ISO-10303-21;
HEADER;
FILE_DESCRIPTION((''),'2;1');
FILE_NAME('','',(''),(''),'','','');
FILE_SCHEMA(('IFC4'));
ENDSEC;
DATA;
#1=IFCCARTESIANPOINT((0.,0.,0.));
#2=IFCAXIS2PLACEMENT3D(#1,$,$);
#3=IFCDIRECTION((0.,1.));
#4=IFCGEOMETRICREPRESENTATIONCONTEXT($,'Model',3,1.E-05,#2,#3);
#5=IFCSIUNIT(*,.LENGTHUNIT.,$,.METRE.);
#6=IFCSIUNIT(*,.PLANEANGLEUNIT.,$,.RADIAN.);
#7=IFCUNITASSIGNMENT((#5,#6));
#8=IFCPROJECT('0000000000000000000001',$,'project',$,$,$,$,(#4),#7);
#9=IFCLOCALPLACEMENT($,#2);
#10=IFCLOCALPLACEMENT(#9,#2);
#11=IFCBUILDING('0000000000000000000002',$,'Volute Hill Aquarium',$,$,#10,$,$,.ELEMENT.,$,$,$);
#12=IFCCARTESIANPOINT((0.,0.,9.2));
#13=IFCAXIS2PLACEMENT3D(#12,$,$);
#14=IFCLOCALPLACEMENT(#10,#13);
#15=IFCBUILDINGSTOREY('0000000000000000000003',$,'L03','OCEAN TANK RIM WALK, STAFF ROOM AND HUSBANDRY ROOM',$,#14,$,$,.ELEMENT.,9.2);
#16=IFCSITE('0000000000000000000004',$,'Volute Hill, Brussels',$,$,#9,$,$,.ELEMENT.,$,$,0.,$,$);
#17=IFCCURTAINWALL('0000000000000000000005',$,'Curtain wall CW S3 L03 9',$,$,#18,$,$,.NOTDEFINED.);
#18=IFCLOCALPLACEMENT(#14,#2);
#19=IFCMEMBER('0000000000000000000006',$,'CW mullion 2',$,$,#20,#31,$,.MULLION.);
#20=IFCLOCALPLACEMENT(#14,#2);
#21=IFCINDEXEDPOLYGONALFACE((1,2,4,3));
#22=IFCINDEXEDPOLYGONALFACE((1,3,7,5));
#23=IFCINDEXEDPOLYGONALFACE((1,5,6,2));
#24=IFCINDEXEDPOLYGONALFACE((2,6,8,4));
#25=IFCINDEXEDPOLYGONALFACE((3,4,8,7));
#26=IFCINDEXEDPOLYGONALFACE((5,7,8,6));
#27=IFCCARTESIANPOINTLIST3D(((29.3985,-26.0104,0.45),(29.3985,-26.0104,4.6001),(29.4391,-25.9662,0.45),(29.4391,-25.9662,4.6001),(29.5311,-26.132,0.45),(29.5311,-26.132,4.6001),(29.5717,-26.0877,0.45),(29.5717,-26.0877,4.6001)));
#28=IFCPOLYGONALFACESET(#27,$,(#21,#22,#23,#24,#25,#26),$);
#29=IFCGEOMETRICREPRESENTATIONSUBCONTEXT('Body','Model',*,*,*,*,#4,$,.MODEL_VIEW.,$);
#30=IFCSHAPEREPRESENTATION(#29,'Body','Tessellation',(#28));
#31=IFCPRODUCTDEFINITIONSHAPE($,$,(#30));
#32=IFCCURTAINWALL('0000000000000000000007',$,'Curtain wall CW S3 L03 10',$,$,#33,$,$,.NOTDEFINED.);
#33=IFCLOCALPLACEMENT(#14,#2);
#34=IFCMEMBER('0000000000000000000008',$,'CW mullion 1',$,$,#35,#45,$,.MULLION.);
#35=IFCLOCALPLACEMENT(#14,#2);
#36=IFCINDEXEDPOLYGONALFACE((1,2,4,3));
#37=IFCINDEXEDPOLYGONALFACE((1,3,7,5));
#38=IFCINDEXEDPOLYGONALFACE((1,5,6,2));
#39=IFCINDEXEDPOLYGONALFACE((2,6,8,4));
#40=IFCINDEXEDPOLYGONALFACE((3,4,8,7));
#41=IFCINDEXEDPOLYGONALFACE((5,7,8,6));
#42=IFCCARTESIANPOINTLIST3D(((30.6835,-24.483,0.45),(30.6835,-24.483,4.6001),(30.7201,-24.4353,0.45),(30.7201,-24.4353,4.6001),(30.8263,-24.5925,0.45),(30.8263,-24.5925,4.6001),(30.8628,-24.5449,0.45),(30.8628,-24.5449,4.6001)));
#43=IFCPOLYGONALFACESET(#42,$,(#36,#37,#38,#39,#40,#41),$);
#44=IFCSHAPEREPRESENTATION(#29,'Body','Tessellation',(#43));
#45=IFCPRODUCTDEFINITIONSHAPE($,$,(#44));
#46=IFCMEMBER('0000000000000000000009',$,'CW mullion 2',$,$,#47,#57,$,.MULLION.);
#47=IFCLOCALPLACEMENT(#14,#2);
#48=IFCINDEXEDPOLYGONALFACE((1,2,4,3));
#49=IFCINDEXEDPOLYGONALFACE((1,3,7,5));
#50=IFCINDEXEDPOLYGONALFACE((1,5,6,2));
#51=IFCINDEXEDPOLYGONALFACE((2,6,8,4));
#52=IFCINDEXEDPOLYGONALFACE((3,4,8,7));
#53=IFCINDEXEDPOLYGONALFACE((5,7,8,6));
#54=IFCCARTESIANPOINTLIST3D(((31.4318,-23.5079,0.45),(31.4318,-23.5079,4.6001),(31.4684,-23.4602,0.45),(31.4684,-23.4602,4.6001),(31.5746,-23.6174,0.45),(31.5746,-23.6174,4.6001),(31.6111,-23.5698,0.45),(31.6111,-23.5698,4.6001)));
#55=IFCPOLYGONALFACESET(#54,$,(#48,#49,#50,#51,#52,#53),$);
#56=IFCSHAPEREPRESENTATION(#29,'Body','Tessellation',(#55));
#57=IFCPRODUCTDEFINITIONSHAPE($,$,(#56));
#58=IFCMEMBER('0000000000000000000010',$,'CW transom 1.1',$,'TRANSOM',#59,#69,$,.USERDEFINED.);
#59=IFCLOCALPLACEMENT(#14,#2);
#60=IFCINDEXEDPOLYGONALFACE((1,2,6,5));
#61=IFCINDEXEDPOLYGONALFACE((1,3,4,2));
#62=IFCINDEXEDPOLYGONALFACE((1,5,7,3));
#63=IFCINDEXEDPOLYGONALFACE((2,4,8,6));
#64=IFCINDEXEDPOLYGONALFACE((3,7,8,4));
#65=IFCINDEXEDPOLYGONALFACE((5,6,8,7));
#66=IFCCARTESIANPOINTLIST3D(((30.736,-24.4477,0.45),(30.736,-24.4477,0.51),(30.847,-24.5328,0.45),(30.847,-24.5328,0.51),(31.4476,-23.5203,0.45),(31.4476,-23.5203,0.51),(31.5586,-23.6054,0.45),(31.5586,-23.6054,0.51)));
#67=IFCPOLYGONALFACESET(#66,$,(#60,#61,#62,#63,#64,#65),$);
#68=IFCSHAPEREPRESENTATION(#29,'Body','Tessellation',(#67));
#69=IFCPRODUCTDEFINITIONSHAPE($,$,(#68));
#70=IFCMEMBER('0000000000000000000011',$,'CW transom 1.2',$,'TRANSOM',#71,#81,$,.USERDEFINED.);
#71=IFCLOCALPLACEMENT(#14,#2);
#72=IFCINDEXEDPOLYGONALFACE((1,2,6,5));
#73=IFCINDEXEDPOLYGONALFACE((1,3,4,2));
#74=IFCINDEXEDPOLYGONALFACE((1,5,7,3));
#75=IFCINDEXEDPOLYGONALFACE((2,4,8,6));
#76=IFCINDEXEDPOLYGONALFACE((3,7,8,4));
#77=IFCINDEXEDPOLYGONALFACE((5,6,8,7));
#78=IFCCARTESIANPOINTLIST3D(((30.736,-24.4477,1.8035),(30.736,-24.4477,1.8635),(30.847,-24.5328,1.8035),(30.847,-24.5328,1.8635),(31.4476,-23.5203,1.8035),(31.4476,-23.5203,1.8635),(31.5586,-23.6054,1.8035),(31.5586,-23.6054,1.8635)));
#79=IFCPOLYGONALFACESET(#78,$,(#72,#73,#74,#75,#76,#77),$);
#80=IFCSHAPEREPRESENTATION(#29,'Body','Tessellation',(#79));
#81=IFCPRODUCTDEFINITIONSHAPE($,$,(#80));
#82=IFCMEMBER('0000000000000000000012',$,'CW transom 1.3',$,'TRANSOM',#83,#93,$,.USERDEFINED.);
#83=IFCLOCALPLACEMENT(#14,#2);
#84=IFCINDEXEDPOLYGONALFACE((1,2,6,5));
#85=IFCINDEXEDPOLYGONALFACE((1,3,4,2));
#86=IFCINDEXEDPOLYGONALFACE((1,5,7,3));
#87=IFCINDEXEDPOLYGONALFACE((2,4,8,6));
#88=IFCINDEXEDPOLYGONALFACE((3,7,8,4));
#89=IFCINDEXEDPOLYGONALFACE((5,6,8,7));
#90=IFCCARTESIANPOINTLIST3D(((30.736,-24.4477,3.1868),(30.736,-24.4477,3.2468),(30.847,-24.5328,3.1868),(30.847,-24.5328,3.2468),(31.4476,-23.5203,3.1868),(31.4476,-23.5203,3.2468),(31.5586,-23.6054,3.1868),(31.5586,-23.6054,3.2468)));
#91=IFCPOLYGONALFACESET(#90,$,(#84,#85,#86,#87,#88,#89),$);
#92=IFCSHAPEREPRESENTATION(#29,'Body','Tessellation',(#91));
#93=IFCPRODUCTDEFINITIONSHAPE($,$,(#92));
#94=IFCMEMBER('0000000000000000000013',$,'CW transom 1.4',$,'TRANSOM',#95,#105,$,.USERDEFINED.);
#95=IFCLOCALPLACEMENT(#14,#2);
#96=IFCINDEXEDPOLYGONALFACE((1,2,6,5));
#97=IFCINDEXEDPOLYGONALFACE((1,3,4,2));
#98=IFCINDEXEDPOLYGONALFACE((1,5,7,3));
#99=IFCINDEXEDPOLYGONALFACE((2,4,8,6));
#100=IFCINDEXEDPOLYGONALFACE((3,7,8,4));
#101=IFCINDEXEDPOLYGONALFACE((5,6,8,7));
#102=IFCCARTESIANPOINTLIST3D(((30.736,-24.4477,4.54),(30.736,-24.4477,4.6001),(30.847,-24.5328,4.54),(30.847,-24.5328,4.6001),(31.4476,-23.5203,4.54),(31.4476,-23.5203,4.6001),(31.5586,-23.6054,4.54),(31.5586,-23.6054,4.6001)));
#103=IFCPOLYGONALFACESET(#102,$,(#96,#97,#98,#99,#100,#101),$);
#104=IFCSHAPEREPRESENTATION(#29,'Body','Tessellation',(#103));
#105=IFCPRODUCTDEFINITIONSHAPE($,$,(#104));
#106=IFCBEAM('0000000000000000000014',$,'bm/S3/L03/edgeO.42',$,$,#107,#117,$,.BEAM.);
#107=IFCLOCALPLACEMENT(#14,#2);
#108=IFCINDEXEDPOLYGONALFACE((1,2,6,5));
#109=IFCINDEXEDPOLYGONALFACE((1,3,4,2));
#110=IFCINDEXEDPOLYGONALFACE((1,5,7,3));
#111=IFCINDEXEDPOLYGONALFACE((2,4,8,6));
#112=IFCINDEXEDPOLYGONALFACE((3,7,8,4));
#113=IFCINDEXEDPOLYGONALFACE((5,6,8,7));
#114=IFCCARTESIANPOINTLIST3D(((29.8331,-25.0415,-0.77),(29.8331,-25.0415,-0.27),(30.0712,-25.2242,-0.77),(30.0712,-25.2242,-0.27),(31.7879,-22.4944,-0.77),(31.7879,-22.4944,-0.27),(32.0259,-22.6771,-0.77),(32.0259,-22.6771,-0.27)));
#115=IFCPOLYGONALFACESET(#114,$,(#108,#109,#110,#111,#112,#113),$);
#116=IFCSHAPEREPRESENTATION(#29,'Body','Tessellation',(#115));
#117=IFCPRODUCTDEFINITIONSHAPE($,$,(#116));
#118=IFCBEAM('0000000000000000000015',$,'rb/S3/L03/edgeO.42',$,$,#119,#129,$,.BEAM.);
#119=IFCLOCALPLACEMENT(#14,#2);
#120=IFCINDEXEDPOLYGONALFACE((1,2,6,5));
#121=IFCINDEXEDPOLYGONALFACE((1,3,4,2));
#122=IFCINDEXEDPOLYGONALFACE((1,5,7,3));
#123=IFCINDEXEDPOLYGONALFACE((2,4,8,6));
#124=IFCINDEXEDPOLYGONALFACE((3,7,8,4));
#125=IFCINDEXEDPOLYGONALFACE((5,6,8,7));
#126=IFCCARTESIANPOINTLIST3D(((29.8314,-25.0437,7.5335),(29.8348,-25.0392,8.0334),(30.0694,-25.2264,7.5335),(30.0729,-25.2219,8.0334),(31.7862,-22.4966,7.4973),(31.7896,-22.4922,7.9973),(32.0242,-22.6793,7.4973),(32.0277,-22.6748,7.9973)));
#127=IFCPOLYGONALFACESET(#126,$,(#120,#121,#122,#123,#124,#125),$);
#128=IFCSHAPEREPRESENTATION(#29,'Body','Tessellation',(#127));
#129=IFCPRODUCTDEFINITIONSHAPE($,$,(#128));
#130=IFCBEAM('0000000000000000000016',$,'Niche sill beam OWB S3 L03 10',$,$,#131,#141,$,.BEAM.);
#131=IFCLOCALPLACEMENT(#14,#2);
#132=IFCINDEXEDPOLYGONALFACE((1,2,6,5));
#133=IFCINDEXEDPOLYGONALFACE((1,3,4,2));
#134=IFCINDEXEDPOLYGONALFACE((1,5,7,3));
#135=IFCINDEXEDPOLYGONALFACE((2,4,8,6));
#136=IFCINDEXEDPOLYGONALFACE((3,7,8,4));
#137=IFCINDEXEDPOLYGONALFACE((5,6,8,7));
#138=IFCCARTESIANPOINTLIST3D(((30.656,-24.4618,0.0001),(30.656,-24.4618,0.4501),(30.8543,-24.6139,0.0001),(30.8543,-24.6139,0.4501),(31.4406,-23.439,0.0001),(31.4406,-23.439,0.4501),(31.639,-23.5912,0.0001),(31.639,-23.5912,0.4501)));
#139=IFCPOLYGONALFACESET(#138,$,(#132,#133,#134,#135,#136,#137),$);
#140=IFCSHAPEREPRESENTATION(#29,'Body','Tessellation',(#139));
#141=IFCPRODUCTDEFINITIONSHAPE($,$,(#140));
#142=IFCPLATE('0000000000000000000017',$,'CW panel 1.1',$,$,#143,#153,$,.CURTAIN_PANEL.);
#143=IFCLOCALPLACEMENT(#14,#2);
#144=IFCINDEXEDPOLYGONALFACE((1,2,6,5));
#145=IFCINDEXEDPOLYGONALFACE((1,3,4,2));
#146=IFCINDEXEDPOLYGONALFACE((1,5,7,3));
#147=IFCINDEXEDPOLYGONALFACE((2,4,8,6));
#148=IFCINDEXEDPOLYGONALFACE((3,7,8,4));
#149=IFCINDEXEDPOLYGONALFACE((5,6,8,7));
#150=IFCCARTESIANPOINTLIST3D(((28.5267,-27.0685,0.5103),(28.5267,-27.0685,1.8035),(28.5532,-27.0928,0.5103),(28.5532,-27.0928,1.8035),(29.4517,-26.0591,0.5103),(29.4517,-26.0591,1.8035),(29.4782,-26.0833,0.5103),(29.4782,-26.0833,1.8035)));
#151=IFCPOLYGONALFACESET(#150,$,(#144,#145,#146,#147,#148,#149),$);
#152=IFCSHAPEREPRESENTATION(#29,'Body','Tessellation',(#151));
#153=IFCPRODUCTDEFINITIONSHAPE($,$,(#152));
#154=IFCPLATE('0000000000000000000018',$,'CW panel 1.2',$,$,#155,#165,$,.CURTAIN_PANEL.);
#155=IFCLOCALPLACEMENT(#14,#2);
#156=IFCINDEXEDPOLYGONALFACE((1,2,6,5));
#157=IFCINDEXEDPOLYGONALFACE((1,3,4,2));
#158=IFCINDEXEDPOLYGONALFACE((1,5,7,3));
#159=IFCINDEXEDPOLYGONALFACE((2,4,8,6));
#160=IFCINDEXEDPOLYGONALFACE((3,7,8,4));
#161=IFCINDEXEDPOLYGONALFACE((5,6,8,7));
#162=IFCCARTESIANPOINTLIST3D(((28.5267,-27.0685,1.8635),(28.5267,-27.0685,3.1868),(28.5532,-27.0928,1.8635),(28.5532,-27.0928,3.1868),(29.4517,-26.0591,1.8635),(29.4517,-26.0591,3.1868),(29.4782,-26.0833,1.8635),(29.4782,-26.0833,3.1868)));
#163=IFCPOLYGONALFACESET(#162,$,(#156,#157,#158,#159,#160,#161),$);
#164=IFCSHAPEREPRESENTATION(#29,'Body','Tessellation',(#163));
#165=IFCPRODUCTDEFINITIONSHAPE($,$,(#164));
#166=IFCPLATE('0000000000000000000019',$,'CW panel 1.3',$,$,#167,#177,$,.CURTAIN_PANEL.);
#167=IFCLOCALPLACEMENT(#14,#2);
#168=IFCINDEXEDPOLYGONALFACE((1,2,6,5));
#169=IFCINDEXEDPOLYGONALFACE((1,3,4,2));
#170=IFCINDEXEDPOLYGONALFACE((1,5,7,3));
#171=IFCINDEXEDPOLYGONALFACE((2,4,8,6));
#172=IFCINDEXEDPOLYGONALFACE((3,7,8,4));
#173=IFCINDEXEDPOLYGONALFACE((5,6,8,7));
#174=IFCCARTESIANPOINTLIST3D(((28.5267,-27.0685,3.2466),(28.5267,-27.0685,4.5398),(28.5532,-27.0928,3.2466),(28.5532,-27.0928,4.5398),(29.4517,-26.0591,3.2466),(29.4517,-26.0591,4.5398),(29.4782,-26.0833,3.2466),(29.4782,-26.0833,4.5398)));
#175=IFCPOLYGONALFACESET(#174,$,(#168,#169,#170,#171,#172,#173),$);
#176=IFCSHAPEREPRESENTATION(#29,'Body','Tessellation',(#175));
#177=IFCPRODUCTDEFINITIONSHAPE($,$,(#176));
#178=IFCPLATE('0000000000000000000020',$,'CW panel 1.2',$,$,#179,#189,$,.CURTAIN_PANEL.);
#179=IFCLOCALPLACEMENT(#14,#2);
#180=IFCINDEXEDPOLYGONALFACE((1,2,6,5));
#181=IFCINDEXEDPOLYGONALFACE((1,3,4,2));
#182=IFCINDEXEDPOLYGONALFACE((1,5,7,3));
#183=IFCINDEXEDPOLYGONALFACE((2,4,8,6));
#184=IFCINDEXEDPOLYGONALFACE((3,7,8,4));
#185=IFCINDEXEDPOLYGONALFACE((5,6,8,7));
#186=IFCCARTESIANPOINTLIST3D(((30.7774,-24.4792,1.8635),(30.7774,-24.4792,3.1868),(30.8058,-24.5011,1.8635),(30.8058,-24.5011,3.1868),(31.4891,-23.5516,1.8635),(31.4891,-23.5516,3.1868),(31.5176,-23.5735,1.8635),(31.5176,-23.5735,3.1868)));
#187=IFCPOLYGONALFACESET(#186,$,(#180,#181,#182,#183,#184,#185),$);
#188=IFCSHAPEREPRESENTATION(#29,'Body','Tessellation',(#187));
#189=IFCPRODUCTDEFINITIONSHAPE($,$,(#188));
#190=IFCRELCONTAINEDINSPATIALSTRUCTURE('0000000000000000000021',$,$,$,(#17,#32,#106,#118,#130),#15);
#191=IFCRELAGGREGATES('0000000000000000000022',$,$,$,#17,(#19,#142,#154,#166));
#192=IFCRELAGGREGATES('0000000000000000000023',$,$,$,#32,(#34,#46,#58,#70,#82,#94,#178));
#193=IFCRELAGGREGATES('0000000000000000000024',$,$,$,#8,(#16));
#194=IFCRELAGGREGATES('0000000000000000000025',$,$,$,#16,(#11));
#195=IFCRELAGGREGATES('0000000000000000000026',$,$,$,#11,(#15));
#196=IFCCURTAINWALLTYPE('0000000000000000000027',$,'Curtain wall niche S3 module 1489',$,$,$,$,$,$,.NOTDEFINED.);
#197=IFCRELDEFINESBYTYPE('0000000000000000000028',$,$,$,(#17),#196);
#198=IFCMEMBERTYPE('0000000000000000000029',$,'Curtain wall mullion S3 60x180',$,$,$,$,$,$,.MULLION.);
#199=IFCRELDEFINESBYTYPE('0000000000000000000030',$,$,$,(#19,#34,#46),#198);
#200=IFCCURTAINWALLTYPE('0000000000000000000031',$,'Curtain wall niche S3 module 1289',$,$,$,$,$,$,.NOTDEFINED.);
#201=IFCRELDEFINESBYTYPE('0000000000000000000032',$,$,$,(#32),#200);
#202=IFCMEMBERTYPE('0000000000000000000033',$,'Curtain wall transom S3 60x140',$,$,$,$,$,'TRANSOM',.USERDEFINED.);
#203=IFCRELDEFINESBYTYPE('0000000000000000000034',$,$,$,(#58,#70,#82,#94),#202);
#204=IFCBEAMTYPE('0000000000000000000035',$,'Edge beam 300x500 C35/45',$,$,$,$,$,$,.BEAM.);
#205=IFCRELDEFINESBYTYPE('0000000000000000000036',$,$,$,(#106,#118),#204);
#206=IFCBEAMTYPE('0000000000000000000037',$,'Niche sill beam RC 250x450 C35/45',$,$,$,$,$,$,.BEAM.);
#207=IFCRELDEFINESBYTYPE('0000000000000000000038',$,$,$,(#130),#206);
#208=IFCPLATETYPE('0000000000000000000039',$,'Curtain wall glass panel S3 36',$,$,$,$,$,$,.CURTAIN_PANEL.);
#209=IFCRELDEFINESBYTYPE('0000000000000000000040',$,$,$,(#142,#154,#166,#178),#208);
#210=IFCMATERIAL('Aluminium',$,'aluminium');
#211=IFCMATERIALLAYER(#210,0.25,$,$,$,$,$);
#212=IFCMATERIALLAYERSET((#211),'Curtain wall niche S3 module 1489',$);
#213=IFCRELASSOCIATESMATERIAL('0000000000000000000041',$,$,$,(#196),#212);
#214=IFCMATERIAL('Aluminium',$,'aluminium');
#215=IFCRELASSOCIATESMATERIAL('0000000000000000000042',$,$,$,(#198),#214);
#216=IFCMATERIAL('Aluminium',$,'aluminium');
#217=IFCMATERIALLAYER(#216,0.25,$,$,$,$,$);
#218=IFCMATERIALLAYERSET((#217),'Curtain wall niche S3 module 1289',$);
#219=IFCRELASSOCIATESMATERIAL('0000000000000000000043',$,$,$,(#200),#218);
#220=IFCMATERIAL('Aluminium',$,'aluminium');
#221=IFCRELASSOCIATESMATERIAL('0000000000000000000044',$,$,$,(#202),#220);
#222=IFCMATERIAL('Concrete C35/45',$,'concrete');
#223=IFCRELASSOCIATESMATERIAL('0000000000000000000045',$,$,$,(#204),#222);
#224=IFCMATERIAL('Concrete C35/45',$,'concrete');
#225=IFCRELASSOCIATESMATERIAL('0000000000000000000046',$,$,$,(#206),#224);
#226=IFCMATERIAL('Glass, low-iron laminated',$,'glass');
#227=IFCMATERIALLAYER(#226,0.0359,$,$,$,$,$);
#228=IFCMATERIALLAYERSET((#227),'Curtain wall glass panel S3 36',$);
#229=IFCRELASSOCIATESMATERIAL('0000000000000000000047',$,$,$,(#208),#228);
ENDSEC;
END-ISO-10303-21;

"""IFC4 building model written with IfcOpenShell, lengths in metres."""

from ifc_helpers import new_model, si_unit, direction, frame, origin, origin_2d, place, context, subcontext, project, spatial, rectangle, extrude, material, layer, layer_set, material_profile, profile_set, type_object, element, aggregate, save


model = new_model("IFC4")

# Units and contexts
model_context = context("Model", 3, precision=1e-05, world=origin(), true_north=direction((0.0, 1.0)))
body_context = subcontext(model_context, "Body", "Model", "MODEL_VIEW")
ifc_project = project(units=[si_unit("LENGTHUNIT", "METRE"), si_unit("PLANEANGLEUNIT", "RADIAN")], contexts=[model_context])

# Site, building, storey
site_placement = place(None, origin())
site = spatial("IfcSite", under=ifc_project, at=site_placement, Name="Volute Hill, Brussels", CompositionType="ELEMENT", RefElevation=0.0)
building_placement = place(site_placement, origin())
building = spatial("IfcBuilding", under=site, at=building_placement, Name="Volute Hill Aquarium", CompositionType="ELEMENT")
storey_placement = place(building_placement, frame((0.0, 0.0, 9.2)))
storey = spatial("IfcBuildingStorey", under=building, at=storey_placement, Name="L03", Description="OCEAN TANK RIM WALK, STAFF ROOM AND HUSBANDRY ROOM", CompositionType="ELEMENT", Elevation=9.2)

# Curtain wall, member
ifc_material_1 = material(Name="Aluminium", Category="aluminium")
ifc_layer_1 = layer(ifc_material_1, 0.25)
ifc_layer_set_1 = layer_set([ifc_layer_1], Name="Curtain wall niche S3 module 1489")
curtain_wall_type_1 = type_object("IfcCurtainWallType", Name="Curtain wall niche S3 module 1489", PredefinedType="NOTDEFINED", material=ifc_layer_set_1)
curtain_wall_1_placement = place(storey_placement, origin())
curtain_wall_1 = element("IfcCurtainWall", 1, at=curtain_wall_1_placement, inside=storey, type_object=curtain_wall_type_1, Name="Curtain wall CW S3 L03 9", PredefinedType="NOTDEFINED")
ifc_material_2 = material(Name="Aluminium", Category="aluminium")
ifc_material_profile_1 = material_profile(ifc_material_2, rectangle(XDim=0.1799, YDim=0.0601, at=origin_2d()), Name="Curtain wall mullion S3 60x180")
ifc_profile_set_1 = profile_set([ifc_material_profile_1], Name="Aluminium")
member_type_1 = type_object("IfcMemberType", Name="Curtain wall mullion S3 60x180", PredefinedType="MULLION", material=ifc_profile_set_1)
member_1_placement = place(storey_placement, frame((29.4851, -26.0491, 0.45), z_axis=(0.0, 0.0, 1.0), x_axis=(-0.73726, 0.675609, 0.0)))
member_1 = element("IfcMember", 2, at=member_1_placement, type_object=member_type_1, Name="CW mullion 2", PredefinedType="MULLION", context=body_context, shape_type="SweptSolid", body=[
    extrude(rectangle(XDim=0.1799, YDim=0.0601, at=origin_2d()), origin(), (0.0, 0.0, 1.0), 4.1501),
])

# Curtain wall, members
ifc_material_3 = material(Name="Aluminium", Category="aluminium")
ifc_layer_2 = layer(ifc_material_3, 0.25)
ifc_layer_set_2 = layer_set([ifc_layer_2], Name="Curtain wall niche S3 module 1289")
curtain_wall_type_2 = type_object("IfcCurtainWallType", Name="Curtain wall niche S3 module 1289", PredefinedType="NOTDEFINED", material=ifc_layer_set_2)
curtain_wall_2_placement = place(storey_placement, origin())
curtain_wall_2 = element("IfcCurtainWall", 3, at=curtain_wall_2_placement, inside=storey, type_object=curtain_wall_type_2, Name="Curtain wall CW S3 L03 10", PredefinedType="NOTDEFINED")
member_2_placement = place(storey_placement, frame((30.7732, -24.5139, 0.45), z_axis=(0.0, 0.0, 1.0), x_axis=(-0.793366, 0.608745, 0.0)))
member_2 = element("IfcMember", 4, at=member_2_placement, type_object=member_type_1, Name="CW mullion 1", PredefinedType="MULLION", context=body_context, shape_type="SweptSolid", body=[
    extrude(rectangle(XDim=0.1799, YDim=0.0601, at=origin_2d()), origin(), (0.0, 0.0, 1.0), 4.1501),
])
member_3_placement = place(storey_placement, frame((31.5215, -23.5388, 0.45), z_axis=(0.0, 0.0, 1.0), x_axis=(-0.793366, 0.608745, 0.0)))
member_3 = element("IfcMember", 5, at=member_3_placement, type_object=member_type_1, Name="CW mullion 2", PredefinedType="MULLION", context=body_context, shape_type="SweptSolid", body=[
    extrude(rectangle(XDim=0.1799, YDim=0.0601, at=origin_2d()), origin(), (0.0, 0.0, 1.0), 4.1501),
])
ifc_material_4 = material(Name="Aluminium", Category="aluminium")
ifc_material_profile_2 = material_profile(ifc_material_4, rectangle(XDim=0.1399, YDim=0.0601, at=origin_2d()), Name="Curtain wall transom S3 60x140")
ifc_profile_set_2 = profile_set([ifc_material_profile_2], Name="Aluminium")
member_type_2 = type_object("IfcMemberType", Name="Curtain wall transom S3 60x140", ElementType="TRANSOM", PredefinedType="USERDEFINED", material=ifc_profile_set_2)
member_4_placement = place(storey_placement, frame((30.7915, -24.4902, 0.48), z_axis=(0.608752, 0.793361, 0.0), x_axis=(-0.793361, 0.608752, 0.0)))
member_4 = element("IfcMember", 6, at=member_4_placement, type_object=member_type_2, Name="CW transom 1.1", ObjectType="TRANSOM", PredefinedType="USERDEFINED", context=body_context, shape_type="SweptSolid", body=[
    extrude(rectangle(XDim=0.1399, YDim=0.0601, at=origin_2d()), origin(), (0.0, 0.0, 1.0), 1.1689),
])
member_5_placement = place(storey_placement, frame((30.7915, -24.4902, 1.8335), z_axis=(0.608752, 0.793361, 0.0), x_axis=(-0.793361, 0.608752, 0.0)))
member_5 = element("IfcMember", 7, at=member_5_placement, type_object=member_type_2, Name="CW transom 1.2", ObjectType="TRANSOM", PredefinedType="USERDEFINED", context=body_context, shape_type="SweptSolid", body=[
    extrude(rectangle(XDim=0.1399, YDim=0.0601, at=origin_2d()), origin(), (0.0, 0.0, 1.0), 1.1689),
])
member_6_placement = place(storey_placement, frame((30.7915, -24.4902, 3.2168), z_axis=(0.608752, 0.793361, 0.0), x_axis=(-0.793361, 0.608752, 0.0)))
member_6 = element("IfcMember", 8, at=member_6_placement, type_object=member_type_2, Name="CW transom 1.3", ObjectType="TRANSOM", PredefinedType="USERDEFINED", context=body_context, shape_type="SweptSolid", body=[
    extrude(rectangle(XDim=0.1399, YDim=0.0601, at=origin_2d()), origin(), (0.0, 0.0, 1.0), 1.1689),
])
member_7_placement = place(storey_placement, frame((30.7915, -24.4902, 4.5701), z_axis=(0.608752, 0.793361, 0.0), x_axis=(-0.793361, 0.608752, 0.0)))
member_7 = element("IfcMember", 9, at=member_7_placement, type_object=member_type_2, Name="CW transom 1.4", ObjectType="TRANSOM", PredefinedType="USERDEFINED", context=body_context, shape_type="SweptSolid", body=[
    extrude(rectangle(XDim=0.1399, YDim=0.0601, at=origin_2d()), origin(), (0.0, 0.0, 1.0), 1.1689),
])

# Beams
ifc_material_5 = material(Name="Concrete C35/45", Category="concrete")
ifc_material_profile_3 = material_profile(ifc_material_5, rectangle(XDim=0.3, YDim=0.5, at=origin_2d()), Name="RC edge beam 300x500")
ifc_profile_set_3 = profile_set([ifc_material_profile_3], Name="Concrete C35/45")
beam_type_1 = type_object("IfcBeamType", Name="Edge beam 300x500 C35/45", PredefinedType="BEAM", material=ifc_profile_set_3)
beam_1_placement = place(storey_placement, frame((29.9521, -25.1328, -0.52), z_axis=(0.608832, 0.793299, 0.0), x_axis=(-0.793299, 0.608832, 0.0)))
element("IfcBeam", 10, at=beam_1_placement, inside=storey, type_object=beam_type_1, Name="bm/S3/L03/edgeO.42", PredefinedType="BEAM", context=body_context, shape_type="SweptSolid", body=[
    extrude(rectangle(XDim=0.3, YDim=0.5, at=origin_2d()), origin(), (0.0, 0.0, 1.0), 3.2107),
])
beam_2_placement = place(storey_placement, frame((29.9521, -25.1328, 7.7834), z_axis=(0.608794, 0.793249, -0.011253), x_axis=(-0.793299, 0.608832, 0.0)))
element("IfcBeam", 11, at=beam_2_placement, inside=storey, type_object=beam_type_1, Name="rb/S3/L03/edgeO.42", PredefinedType="BEAM", context=body_context, shape_type="SweptSolid", body=[
    extrude(rectangle(XDim=0.3, YDim=0.5, at=origin_2d()), origin(), (0.0, 0.0, 1.0), 3.2109),
])
ifc_material_6 = material(Name="Concrete C35/45", Category="concrete")
ifc_material_profile_4 = material_profile(ifc_material_6, rectangle(XDim=0.25, YDim=0.45, at=origin_2d()), Name="RC beam 250x450")
ifc_profile_set_4 = profile_set([ifc_material_profile_4], Name="Concrete C35/45")
beam_type_2 = type_object("IfcBeamType", Name="Niche sill beam RC 250x450 C35/45", PredefinedType="BEAM", material=ifc_profile_set_4)
beam_3_placement = place(storey_placement, frame((30.7551, -24.5378, 0.2251), z_axis=(0.608722, 0.793384, 0.0), x_axis=(-0.793384, 0.608722, 0.0)))
element("IfcBeam", 12, at=beam_3_placement, inside=storey, type_object=beam_type_2, Name="Niche sill beam OWB S3 L03 10", PredefinedType="BEAM", context=body_context, shape_type="SweptSolid", body=[
    extrude(rectangle(XDim=0.25, YDim=0.45, at=origin_2d()), origin(), (0.0, 0.0, 1.0), 1.2891),
])

# Plates
ifc_material_7 = material(Name="Glass, low-iron laminated", Category="glass")
ifc_layer_3 = layer(ifc_material_7, 0.0359)
ifc_layer_set_3 = layer_set([ifc_layer_3], Name="Curtain wall glass panel S3 36")
plate_type_1 = type_object("IfcPlateType", Name="Curtain wall glass panel S3 36", PredefinedType="CURTAIN_PANEL", material=ifc_layer_set_3)
plate_1_placement = place(storey_placement, frame((29.0024, -26.5759, 0.5103), z_axis=(0.0, 0.0, 1.0), x_axis=(0.675609, 0.73726, 0.0)))
plate_1 = element("IfcPlate", 13, at=plate_1_placement, type_object=plate_type_1, Name="CW panel 1.1", PredefinedType="CURTAIN_PANEL", context=body_context, shape_type="SweptSolid", body=[
    extrude(rectangle(XDim=1.3691, YDim=0.0359, at=origin_2d()), origin(), (0.0, 0.0, 1.0), 1.2932),
])
plate_2_placement = place(storey_placement, frame((29.0024, -26.5759, 1.8635), z_axis=(0.0, 0.0, 1.0), x_axis=(0.675609, 0.73726, 0.0)))
plate_2 = element("IfcPlate", 14, at=plate_2_placement, type_object=plate_type_1, Name="CW panel 1.2", PredefinedType="CURTAIN_PANEL", context=body_context, shape_type="SweptSolid", body=[
    extrude(rectangle(XDim=1.3691, YDim=0.0359, at=origin_2d()), origin(), (0.0, 0.0, 1.0), 1.3232),
])
plate_3_placement = place(storey_placement, frame((29.0024, -26.5759, 3.2466), z_axis=(0.0, 0.0, 1.0), x_axis=(0.675609, 0.73726, 0.0)))
plate_3 = element("IfcPlate", 15, at=plate_3_placement, type_object=plate_type_1, Name="CW panel 1.3", PredefinedType="CURTAIN_PANEL", context=body_context, shape_type="SweptSolid", body=[
    extrude(rectangle(XDim=1.3691, YDim=0.0359, at=origin_2d()), origin(), (0.0, 0.0, 1.0), 1.2932),
])
aggregate(curtain_wall_1, [member_1, plate_1, plate_2, plate_3])
plate_4_placement = place(storey_placement, frame((31.1475, -24.0264, 1.8635), z_axis=(0.0, 0.0, 1.0), x_axis=(0.608745, 0.793366, 0.0)))
plate_4 = element("IfcPlate", 16, at=plate_4_placement, type_object=plate_type_1, Name="CW panel 1.2", PredefinedType="CURTAIN_PANEL", context=body_context, shape_type="SweptSolid", body=[
    extrude(rectangle(XDim=1.1692, YDim=0.0359, at=origin_2d()), origin(), (0.0, 0.0, 1.0), 1.3232),
])
aggregate(curtain_wall_2, [member_2, member_3, member_4, member_5, member_6, member_7, plate_4])

save(model, "model.ifc")
